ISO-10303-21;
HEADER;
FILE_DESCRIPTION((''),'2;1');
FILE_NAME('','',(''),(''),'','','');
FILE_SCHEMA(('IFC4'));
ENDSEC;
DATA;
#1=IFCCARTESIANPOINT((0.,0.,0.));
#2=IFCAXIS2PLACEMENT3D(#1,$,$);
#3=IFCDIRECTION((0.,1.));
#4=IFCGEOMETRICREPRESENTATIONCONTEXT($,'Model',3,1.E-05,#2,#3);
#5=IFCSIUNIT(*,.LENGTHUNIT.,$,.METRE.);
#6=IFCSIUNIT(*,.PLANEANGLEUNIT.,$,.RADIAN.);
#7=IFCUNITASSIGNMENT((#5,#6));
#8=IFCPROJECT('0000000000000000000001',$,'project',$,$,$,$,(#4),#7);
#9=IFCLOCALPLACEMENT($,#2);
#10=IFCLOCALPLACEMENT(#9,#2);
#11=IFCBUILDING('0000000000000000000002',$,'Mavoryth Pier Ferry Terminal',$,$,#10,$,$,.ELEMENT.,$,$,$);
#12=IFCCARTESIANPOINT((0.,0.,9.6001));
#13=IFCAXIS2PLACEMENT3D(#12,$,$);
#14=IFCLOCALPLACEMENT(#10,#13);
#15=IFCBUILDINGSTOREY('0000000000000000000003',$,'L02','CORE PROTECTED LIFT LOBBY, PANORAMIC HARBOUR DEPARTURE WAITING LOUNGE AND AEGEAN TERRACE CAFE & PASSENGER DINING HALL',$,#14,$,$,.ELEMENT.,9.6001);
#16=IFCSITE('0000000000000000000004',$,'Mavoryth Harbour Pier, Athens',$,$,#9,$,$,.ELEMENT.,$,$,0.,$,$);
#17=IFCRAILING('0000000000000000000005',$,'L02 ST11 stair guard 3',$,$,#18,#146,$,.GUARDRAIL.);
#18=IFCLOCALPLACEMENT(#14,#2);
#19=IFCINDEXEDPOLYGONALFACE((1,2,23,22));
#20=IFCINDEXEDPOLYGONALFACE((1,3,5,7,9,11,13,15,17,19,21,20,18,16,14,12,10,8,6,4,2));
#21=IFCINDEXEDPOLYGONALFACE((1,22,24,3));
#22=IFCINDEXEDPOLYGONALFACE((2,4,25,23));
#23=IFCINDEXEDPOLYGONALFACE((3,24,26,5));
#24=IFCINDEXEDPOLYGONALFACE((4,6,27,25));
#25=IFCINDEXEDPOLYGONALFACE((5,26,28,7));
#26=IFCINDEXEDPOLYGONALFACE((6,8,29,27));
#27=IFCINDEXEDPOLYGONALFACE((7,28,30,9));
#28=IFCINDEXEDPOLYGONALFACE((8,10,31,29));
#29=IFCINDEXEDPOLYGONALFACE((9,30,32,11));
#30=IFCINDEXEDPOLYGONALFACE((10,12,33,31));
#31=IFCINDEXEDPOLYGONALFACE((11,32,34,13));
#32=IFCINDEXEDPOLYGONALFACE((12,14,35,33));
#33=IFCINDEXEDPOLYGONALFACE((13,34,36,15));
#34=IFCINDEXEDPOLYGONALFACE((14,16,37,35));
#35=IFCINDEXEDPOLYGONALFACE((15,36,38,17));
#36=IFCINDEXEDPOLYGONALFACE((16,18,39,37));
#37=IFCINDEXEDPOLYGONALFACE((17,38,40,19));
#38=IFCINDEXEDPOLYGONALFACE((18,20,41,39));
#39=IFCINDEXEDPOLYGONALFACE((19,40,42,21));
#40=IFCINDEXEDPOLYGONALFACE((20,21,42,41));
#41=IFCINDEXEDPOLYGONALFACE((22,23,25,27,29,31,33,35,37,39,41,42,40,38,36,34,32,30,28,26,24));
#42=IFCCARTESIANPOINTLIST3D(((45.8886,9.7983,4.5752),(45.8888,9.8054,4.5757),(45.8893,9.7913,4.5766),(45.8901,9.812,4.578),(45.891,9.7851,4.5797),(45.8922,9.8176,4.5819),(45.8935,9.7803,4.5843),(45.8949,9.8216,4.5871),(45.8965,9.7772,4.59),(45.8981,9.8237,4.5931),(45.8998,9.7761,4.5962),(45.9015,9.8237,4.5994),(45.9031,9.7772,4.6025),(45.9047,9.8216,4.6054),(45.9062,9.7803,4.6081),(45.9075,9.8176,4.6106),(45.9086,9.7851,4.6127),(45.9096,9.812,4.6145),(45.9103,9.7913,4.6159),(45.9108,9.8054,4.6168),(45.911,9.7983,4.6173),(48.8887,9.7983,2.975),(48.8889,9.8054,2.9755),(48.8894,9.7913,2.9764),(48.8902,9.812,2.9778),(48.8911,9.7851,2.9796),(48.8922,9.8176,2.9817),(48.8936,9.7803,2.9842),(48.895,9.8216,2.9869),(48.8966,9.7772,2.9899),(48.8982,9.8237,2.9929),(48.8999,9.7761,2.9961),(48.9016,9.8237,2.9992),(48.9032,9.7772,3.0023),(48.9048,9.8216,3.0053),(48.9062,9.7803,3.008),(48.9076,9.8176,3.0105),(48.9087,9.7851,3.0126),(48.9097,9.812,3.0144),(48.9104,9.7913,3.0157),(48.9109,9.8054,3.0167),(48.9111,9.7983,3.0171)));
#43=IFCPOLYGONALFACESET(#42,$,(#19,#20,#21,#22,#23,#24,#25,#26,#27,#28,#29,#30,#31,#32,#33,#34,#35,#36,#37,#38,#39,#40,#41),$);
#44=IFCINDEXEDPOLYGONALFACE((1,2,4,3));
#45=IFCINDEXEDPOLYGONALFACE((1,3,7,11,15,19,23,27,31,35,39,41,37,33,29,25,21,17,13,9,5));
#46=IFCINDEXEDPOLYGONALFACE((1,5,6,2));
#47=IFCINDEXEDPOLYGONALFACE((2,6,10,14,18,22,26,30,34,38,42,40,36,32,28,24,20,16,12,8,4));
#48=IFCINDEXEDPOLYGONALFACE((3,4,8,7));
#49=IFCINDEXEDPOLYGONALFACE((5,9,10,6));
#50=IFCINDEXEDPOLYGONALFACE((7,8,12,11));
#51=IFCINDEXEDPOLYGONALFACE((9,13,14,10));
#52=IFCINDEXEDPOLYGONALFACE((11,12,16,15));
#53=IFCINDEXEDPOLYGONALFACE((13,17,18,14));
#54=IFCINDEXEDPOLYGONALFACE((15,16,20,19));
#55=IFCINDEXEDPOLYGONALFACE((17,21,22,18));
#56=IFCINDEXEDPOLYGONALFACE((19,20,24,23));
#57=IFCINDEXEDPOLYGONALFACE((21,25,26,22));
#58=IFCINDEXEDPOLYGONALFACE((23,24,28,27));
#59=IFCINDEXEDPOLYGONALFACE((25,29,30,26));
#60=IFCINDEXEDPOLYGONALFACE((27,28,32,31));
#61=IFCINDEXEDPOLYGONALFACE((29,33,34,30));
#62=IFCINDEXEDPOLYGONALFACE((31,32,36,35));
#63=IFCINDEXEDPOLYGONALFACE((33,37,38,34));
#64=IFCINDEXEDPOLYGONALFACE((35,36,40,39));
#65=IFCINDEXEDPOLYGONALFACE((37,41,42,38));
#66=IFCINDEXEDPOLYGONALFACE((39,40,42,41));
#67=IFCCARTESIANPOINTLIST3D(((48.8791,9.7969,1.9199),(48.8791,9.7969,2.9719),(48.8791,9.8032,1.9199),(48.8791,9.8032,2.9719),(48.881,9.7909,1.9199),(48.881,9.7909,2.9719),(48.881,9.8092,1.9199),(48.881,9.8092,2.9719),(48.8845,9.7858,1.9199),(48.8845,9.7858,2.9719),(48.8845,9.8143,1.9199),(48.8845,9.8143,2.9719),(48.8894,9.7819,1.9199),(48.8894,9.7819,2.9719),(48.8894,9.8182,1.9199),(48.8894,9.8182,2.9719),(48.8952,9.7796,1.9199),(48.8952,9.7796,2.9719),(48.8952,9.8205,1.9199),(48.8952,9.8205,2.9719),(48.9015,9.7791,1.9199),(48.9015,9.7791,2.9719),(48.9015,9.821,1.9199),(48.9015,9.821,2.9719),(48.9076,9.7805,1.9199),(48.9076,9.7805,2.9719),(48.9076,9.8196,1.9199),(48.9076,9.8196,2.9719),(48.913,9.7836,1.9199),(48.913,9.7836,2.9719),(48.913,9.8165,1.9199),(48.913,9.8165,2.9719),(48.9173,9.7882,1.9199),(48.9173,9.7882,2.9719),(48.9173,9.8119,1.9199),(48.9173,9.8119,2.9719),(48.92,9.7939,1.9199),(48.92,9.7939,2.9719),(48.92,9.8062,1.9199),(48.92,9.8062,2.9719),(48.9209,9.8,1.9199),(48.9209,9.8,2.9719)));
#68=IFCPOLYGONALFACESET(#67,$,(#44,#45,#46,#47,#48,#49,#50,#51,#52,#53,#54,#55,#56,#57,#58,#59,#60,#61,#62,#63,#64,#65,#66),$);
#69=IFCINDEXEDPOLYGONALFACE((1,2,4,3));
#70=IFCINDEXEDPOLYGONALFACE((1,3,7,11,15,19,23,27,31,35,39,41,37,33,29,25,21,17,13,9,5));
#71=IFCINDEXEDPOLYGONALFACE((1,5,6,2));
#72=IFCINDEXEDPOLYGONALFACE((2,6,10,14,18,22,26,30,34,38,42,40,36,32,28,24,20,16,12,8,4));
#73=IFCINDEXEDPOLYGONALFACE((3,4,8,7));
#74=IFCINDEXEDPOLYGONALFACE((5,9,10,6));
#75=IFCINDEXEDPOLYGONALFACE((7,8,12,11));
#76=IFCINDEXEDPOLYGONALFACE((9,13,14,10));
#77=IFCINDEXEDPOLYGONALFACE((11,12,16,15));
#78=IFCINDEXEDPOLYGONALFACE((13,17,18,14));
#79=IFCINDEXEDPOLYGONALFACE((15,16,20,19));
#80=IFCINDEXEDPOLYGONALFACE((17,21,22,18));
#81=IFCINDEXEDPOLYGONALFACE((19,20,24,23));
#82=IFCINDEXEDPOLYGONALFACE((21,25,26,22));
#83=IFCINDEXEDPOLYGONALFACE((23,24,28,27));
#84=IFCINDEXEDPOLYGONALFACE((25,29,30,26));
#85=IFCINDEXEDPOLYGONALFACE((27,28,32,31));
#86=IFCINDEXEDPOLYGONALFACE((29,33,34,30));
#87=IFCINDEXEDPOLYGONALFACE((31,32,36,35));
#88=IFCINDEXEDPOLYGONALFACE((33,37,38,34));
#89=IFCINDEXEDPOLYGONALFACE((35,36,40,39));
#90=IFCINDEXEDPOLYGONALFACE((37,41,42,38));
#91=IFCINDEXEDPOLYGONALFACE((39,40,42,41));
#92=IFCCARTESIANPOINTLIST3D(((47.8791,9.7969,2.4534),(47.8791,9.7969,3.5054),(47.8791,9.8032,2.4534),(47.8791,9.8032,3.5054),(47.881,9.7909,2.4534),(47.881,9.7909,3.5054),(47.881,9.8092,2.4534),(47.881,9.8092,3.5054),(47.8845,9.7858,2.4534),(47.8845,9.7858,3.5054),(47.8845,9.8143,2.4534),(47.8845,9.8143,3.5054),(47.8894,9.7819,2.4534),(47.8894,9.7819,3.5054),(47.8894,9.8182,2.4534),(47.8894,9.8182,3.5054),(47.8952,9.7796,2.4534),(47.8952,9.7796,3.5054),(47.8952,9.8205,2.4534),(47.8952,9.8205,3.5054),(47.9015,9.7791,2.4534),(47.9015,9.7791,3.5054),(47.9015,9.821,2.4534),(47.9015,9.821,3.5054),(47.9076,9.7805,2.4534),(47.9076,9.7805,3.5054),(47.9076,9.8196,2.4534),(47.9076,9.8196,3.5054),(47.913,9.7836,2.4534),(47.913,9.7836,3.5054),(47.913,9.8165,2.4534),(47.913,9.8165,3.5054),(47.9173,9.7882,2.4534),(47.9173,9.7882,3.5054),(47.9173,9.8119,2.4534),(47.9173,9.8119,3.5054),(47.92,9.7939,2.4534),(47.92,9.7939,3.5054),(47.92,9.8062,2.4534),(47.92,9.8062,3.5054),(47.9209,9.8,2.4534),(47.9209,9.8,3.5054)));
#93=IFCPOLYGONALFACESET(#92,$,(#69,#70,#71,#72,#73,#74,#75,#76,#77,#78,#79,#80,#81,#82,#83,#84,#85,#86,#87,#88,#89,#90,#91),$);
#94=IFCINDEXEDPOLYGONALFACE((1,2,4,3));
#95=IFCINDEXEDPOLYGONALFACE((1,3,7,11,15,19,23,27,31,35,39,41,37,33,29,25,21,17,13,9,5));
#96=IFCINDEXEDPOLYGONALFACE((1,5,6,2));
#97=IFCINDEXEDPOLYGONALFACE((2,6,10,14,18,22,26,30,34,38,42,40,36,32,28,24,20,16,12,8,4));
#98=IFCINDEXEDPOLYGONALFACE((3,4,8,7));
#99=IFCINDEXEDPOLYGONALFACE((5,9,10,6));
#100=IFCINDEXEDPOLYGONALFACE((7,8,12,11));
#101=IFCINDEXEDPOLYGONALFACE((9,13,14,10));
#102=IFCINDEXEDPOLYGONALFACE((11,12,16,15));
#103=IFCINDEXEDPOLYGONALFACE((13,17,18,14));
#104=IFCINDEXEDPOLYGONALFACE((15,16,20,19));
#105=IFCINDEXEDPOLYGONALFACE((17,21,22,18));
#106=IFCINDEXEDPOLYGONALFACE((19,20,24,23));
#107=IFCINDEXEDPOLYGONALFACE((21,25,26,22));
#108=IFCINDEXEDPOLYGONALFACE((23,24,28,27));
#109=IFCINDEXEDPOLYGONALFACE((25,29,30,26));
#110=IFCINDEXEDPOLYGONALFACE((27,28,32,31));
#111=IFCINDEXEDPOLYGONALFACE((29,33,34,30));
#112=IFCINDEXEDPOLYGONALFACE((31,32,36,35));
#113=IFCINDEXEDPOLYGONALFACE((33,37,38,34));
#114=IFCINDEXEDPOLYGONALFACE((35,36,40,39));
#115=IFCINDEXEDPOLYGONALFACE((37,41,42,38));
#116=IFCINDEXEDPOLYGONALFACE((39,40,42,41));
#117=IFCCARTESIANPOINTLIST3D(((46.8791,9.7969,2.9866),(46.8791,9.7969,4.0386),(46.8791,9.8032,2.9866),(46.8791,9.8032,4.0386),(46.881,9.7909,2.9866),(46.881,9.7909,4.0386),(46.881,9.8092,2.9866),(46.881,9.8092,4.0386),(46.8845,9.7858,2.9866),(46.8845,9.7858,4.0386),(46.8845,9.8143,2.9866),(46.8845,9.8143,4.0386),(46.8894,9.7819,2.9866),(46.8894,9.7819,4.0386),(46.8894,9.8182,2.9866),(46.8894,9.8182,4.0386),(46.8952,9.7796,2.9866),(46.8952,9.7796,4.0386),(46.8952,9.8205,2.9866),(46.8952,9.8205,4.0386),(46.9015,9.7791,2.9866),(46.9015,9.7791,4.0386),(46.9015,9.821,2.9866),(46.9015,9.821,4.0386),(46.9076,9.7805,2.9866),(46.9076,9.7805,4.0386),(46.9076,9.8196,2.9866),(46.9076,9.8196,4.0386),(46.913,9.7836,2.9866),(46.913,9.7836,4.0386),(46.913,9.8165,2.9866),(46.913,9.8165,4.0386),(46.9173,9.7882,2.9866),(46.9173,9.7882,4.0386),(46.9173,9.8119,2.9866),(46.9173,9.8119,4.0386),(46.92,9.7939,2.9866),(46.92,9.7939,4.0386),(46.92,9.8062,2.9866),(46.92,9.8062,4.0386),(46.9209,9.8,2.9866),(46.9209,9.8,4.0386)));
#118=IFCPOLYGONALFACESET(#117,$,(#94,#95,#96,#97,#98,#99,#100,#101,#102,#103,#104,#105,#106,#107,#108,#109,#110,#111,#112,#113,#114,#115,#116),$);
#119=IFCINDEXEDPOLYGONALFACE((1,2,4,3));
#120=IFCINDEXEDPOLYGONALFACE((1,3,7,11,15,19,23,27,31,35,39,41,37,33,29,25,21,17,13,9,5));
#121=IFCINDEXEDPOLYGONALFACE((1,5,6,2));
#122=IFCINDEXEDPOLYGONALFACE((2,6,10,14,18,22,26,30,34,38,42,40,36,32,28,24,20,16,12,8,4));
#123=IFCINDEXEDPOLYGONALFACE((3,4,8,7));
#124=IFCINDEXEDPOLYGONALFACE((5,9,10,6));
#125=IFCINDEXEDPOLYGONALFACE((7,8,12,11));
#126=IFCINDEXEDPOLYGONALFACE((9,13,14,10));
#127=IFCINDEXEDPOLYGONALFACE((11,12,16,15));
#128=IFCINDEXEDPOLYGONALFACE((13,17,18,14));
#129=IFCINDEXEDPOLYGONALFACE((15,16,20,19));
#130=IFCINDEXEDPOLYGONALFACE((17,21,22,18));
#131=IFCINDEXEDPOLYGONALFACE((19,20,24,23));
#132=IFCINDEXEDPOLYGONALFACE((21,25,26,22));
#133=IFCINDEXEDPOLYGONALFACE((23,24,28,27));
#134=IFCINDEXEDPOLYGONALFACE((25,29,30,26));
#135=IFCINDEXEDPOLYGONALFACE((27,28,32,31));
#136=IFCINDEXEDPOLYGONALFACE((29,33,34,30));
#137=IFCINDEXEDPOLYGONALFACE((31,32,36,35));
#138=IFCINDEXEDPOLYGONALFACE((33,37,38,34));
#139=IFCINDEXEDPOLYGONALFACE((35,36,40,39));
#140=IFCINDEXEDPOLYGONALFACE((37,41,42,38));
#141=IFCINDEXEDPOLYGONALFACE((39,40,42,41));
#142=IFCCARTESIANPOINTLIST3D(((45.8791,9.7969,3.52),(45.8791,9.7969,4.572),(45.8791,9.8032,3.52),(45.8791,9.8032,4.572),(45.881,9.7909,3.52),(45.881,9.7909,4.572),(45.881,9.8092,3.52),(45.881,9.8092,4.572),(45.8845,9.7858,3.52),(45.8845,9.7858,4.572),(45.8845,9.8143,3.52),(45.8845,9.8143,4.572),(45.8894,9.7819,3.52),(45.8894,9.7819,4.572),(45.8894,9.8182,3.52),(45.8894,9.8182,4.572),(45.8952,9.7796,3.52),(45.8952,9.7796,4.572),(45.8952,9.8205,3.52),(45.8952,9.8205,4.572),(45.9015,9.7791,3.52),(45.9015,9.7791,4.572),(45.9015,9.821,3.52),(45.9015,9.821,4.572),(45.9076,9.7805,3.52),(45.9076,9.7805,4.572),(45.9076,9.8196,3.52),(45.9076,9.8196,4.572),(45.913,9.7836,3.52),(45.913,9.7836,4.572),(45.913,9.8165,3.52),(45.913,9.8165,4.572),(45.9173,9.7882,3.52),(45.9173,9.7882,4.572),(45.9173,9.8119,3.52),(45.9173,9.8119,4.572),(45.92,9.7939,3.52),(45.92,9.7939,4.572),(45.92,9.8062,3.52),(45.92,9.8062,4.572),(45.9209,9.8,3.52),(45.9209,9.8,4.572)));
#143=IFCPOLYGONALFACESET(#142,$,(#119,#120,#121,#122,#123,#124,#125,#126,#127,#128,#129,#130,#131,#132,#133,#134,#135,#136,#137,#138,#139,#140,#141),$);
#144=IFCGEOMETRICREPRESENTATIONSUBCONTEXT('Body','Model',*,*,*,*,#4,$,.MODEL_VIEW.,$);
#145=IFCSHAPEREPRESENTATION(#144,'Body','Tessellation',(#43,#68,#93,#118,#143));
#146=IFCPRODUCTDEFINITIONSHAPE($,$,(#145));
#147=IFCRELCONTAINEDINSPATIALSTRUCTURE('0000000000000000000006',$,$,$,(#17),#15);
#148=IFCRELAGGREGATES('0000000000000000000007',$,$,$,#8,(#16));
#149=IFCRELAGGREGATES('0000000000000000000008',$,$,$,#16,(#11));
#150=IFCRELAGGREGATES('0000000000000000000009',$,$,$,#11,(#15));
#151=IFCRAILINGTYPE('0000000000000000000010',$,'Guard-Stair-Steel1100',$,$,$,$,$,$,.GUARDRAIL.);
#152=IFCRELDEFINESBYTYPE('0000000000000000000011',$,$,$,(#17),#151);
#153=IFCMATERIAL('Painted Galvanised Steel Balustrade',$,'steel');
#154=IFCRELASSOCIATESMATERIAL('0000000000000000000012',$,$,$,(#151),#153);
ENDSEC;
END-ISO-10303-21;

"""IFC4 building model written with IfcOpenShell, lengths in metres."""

from ifc_helpers import new_model, si_unit, direction, frame, origin, origin_2d, place, context, subcontext, project, spatial, circle, extrude, material, type_object, element, save


model = new_model("IFC4")

# Units and contexts
model_context = context("Model", 3, precision=1e-05, world=origin(), true_north=direction((0.0, 1.0)))
body_context = subcontext(model_context, "Body", "Model", "MODEL_VIEW")
ifc_project = project(units=[si_unit("LENGTHUNIT", "METRE"), si_unit("PLANEANGLEUNIT", "RADIAN")], contexts=[model_context])

# Site, building, storey
site_placement = place(None, origin())
site = spatial("IfcSite", under=ifc_project, at=site_placement, Name="Mavoryth Harbour Pier, Athens", CompositionType="ELEMENT", RefElevation=0.0)
building_placement = place(site_placement, origin())
building = spatial("IfcBuilding", under=site, at=building_placement, Name="Mavoryth Pier Ferry Terminal", CompositionType="ELEMENT")
storey_placement = place(building_placement, frame((0.0, 0.0, 9.6001)))
storey = spatial("IfcBuildingStorey", under=building, at=storey_placement, Name="L02", Description="CORE PROTECTED LIFT LOBBY, PANORAMIC HARBOUR DEPARTURE WAITING LOUNGE AND AEGEAN TERRACE CAFE & PASSENGER DINING HALL", CompositionType="ELEMENT", Elevation=9.6001)

# Railing
ifc_material_1 = material(Name="Painted Galvanised Steel Balustrade", Category="steel")
railing_type_1 = type_object("IfcRailingType", Name="Guard-Stair-Steel1100", PredefinedType="GUARDRAIL", material=ifc_material_1)
railing_1_placement = place(storey_placement, frame((48.8999, 9.8, 1.9199)))
element("IfcRailing", 1, at=railing_1_placement, inside=storey, type_object=railing_type_1, Name="L02 ST11 stair guard 3", PredefinedType="GUARDRAIL", context=body_context, shape_type="SweptSolid", body=[
    extrude(circle(Radius=0.0239, at=origin_2d()), frame((0.0, 0.0, 1.0762), z_axis=(-0.882341, 0.0, 0.470611), x_axis=(0.0, -1.0, 0.0)), (0.0, 0.0, 1.0), 3.4001),
    extrude(circle(Radius=0.021, at=origin_2d()), origin(), (0.0, 0.0, 1.0), 1.052),
    extrude(circle(Radius=0.021, at=origin_2d()), frame((-1.0, 0.0, 0.5334)), (0.0, 0.0, 1.0), 1.052),
    extrude(circle(Radius=0.021, at=origin_2d()), frame((-2.0, 0.0, 1.0667)), (0.0, 0.0, 1.0), 1.052),
    extrude(circle(Radius=0.021, at=origin_2d()), frame((-3.0, 0.0, 1.6001)), (0.0, 0.0, 1.0), 1.052),
])

save(model, "model.ifc")
